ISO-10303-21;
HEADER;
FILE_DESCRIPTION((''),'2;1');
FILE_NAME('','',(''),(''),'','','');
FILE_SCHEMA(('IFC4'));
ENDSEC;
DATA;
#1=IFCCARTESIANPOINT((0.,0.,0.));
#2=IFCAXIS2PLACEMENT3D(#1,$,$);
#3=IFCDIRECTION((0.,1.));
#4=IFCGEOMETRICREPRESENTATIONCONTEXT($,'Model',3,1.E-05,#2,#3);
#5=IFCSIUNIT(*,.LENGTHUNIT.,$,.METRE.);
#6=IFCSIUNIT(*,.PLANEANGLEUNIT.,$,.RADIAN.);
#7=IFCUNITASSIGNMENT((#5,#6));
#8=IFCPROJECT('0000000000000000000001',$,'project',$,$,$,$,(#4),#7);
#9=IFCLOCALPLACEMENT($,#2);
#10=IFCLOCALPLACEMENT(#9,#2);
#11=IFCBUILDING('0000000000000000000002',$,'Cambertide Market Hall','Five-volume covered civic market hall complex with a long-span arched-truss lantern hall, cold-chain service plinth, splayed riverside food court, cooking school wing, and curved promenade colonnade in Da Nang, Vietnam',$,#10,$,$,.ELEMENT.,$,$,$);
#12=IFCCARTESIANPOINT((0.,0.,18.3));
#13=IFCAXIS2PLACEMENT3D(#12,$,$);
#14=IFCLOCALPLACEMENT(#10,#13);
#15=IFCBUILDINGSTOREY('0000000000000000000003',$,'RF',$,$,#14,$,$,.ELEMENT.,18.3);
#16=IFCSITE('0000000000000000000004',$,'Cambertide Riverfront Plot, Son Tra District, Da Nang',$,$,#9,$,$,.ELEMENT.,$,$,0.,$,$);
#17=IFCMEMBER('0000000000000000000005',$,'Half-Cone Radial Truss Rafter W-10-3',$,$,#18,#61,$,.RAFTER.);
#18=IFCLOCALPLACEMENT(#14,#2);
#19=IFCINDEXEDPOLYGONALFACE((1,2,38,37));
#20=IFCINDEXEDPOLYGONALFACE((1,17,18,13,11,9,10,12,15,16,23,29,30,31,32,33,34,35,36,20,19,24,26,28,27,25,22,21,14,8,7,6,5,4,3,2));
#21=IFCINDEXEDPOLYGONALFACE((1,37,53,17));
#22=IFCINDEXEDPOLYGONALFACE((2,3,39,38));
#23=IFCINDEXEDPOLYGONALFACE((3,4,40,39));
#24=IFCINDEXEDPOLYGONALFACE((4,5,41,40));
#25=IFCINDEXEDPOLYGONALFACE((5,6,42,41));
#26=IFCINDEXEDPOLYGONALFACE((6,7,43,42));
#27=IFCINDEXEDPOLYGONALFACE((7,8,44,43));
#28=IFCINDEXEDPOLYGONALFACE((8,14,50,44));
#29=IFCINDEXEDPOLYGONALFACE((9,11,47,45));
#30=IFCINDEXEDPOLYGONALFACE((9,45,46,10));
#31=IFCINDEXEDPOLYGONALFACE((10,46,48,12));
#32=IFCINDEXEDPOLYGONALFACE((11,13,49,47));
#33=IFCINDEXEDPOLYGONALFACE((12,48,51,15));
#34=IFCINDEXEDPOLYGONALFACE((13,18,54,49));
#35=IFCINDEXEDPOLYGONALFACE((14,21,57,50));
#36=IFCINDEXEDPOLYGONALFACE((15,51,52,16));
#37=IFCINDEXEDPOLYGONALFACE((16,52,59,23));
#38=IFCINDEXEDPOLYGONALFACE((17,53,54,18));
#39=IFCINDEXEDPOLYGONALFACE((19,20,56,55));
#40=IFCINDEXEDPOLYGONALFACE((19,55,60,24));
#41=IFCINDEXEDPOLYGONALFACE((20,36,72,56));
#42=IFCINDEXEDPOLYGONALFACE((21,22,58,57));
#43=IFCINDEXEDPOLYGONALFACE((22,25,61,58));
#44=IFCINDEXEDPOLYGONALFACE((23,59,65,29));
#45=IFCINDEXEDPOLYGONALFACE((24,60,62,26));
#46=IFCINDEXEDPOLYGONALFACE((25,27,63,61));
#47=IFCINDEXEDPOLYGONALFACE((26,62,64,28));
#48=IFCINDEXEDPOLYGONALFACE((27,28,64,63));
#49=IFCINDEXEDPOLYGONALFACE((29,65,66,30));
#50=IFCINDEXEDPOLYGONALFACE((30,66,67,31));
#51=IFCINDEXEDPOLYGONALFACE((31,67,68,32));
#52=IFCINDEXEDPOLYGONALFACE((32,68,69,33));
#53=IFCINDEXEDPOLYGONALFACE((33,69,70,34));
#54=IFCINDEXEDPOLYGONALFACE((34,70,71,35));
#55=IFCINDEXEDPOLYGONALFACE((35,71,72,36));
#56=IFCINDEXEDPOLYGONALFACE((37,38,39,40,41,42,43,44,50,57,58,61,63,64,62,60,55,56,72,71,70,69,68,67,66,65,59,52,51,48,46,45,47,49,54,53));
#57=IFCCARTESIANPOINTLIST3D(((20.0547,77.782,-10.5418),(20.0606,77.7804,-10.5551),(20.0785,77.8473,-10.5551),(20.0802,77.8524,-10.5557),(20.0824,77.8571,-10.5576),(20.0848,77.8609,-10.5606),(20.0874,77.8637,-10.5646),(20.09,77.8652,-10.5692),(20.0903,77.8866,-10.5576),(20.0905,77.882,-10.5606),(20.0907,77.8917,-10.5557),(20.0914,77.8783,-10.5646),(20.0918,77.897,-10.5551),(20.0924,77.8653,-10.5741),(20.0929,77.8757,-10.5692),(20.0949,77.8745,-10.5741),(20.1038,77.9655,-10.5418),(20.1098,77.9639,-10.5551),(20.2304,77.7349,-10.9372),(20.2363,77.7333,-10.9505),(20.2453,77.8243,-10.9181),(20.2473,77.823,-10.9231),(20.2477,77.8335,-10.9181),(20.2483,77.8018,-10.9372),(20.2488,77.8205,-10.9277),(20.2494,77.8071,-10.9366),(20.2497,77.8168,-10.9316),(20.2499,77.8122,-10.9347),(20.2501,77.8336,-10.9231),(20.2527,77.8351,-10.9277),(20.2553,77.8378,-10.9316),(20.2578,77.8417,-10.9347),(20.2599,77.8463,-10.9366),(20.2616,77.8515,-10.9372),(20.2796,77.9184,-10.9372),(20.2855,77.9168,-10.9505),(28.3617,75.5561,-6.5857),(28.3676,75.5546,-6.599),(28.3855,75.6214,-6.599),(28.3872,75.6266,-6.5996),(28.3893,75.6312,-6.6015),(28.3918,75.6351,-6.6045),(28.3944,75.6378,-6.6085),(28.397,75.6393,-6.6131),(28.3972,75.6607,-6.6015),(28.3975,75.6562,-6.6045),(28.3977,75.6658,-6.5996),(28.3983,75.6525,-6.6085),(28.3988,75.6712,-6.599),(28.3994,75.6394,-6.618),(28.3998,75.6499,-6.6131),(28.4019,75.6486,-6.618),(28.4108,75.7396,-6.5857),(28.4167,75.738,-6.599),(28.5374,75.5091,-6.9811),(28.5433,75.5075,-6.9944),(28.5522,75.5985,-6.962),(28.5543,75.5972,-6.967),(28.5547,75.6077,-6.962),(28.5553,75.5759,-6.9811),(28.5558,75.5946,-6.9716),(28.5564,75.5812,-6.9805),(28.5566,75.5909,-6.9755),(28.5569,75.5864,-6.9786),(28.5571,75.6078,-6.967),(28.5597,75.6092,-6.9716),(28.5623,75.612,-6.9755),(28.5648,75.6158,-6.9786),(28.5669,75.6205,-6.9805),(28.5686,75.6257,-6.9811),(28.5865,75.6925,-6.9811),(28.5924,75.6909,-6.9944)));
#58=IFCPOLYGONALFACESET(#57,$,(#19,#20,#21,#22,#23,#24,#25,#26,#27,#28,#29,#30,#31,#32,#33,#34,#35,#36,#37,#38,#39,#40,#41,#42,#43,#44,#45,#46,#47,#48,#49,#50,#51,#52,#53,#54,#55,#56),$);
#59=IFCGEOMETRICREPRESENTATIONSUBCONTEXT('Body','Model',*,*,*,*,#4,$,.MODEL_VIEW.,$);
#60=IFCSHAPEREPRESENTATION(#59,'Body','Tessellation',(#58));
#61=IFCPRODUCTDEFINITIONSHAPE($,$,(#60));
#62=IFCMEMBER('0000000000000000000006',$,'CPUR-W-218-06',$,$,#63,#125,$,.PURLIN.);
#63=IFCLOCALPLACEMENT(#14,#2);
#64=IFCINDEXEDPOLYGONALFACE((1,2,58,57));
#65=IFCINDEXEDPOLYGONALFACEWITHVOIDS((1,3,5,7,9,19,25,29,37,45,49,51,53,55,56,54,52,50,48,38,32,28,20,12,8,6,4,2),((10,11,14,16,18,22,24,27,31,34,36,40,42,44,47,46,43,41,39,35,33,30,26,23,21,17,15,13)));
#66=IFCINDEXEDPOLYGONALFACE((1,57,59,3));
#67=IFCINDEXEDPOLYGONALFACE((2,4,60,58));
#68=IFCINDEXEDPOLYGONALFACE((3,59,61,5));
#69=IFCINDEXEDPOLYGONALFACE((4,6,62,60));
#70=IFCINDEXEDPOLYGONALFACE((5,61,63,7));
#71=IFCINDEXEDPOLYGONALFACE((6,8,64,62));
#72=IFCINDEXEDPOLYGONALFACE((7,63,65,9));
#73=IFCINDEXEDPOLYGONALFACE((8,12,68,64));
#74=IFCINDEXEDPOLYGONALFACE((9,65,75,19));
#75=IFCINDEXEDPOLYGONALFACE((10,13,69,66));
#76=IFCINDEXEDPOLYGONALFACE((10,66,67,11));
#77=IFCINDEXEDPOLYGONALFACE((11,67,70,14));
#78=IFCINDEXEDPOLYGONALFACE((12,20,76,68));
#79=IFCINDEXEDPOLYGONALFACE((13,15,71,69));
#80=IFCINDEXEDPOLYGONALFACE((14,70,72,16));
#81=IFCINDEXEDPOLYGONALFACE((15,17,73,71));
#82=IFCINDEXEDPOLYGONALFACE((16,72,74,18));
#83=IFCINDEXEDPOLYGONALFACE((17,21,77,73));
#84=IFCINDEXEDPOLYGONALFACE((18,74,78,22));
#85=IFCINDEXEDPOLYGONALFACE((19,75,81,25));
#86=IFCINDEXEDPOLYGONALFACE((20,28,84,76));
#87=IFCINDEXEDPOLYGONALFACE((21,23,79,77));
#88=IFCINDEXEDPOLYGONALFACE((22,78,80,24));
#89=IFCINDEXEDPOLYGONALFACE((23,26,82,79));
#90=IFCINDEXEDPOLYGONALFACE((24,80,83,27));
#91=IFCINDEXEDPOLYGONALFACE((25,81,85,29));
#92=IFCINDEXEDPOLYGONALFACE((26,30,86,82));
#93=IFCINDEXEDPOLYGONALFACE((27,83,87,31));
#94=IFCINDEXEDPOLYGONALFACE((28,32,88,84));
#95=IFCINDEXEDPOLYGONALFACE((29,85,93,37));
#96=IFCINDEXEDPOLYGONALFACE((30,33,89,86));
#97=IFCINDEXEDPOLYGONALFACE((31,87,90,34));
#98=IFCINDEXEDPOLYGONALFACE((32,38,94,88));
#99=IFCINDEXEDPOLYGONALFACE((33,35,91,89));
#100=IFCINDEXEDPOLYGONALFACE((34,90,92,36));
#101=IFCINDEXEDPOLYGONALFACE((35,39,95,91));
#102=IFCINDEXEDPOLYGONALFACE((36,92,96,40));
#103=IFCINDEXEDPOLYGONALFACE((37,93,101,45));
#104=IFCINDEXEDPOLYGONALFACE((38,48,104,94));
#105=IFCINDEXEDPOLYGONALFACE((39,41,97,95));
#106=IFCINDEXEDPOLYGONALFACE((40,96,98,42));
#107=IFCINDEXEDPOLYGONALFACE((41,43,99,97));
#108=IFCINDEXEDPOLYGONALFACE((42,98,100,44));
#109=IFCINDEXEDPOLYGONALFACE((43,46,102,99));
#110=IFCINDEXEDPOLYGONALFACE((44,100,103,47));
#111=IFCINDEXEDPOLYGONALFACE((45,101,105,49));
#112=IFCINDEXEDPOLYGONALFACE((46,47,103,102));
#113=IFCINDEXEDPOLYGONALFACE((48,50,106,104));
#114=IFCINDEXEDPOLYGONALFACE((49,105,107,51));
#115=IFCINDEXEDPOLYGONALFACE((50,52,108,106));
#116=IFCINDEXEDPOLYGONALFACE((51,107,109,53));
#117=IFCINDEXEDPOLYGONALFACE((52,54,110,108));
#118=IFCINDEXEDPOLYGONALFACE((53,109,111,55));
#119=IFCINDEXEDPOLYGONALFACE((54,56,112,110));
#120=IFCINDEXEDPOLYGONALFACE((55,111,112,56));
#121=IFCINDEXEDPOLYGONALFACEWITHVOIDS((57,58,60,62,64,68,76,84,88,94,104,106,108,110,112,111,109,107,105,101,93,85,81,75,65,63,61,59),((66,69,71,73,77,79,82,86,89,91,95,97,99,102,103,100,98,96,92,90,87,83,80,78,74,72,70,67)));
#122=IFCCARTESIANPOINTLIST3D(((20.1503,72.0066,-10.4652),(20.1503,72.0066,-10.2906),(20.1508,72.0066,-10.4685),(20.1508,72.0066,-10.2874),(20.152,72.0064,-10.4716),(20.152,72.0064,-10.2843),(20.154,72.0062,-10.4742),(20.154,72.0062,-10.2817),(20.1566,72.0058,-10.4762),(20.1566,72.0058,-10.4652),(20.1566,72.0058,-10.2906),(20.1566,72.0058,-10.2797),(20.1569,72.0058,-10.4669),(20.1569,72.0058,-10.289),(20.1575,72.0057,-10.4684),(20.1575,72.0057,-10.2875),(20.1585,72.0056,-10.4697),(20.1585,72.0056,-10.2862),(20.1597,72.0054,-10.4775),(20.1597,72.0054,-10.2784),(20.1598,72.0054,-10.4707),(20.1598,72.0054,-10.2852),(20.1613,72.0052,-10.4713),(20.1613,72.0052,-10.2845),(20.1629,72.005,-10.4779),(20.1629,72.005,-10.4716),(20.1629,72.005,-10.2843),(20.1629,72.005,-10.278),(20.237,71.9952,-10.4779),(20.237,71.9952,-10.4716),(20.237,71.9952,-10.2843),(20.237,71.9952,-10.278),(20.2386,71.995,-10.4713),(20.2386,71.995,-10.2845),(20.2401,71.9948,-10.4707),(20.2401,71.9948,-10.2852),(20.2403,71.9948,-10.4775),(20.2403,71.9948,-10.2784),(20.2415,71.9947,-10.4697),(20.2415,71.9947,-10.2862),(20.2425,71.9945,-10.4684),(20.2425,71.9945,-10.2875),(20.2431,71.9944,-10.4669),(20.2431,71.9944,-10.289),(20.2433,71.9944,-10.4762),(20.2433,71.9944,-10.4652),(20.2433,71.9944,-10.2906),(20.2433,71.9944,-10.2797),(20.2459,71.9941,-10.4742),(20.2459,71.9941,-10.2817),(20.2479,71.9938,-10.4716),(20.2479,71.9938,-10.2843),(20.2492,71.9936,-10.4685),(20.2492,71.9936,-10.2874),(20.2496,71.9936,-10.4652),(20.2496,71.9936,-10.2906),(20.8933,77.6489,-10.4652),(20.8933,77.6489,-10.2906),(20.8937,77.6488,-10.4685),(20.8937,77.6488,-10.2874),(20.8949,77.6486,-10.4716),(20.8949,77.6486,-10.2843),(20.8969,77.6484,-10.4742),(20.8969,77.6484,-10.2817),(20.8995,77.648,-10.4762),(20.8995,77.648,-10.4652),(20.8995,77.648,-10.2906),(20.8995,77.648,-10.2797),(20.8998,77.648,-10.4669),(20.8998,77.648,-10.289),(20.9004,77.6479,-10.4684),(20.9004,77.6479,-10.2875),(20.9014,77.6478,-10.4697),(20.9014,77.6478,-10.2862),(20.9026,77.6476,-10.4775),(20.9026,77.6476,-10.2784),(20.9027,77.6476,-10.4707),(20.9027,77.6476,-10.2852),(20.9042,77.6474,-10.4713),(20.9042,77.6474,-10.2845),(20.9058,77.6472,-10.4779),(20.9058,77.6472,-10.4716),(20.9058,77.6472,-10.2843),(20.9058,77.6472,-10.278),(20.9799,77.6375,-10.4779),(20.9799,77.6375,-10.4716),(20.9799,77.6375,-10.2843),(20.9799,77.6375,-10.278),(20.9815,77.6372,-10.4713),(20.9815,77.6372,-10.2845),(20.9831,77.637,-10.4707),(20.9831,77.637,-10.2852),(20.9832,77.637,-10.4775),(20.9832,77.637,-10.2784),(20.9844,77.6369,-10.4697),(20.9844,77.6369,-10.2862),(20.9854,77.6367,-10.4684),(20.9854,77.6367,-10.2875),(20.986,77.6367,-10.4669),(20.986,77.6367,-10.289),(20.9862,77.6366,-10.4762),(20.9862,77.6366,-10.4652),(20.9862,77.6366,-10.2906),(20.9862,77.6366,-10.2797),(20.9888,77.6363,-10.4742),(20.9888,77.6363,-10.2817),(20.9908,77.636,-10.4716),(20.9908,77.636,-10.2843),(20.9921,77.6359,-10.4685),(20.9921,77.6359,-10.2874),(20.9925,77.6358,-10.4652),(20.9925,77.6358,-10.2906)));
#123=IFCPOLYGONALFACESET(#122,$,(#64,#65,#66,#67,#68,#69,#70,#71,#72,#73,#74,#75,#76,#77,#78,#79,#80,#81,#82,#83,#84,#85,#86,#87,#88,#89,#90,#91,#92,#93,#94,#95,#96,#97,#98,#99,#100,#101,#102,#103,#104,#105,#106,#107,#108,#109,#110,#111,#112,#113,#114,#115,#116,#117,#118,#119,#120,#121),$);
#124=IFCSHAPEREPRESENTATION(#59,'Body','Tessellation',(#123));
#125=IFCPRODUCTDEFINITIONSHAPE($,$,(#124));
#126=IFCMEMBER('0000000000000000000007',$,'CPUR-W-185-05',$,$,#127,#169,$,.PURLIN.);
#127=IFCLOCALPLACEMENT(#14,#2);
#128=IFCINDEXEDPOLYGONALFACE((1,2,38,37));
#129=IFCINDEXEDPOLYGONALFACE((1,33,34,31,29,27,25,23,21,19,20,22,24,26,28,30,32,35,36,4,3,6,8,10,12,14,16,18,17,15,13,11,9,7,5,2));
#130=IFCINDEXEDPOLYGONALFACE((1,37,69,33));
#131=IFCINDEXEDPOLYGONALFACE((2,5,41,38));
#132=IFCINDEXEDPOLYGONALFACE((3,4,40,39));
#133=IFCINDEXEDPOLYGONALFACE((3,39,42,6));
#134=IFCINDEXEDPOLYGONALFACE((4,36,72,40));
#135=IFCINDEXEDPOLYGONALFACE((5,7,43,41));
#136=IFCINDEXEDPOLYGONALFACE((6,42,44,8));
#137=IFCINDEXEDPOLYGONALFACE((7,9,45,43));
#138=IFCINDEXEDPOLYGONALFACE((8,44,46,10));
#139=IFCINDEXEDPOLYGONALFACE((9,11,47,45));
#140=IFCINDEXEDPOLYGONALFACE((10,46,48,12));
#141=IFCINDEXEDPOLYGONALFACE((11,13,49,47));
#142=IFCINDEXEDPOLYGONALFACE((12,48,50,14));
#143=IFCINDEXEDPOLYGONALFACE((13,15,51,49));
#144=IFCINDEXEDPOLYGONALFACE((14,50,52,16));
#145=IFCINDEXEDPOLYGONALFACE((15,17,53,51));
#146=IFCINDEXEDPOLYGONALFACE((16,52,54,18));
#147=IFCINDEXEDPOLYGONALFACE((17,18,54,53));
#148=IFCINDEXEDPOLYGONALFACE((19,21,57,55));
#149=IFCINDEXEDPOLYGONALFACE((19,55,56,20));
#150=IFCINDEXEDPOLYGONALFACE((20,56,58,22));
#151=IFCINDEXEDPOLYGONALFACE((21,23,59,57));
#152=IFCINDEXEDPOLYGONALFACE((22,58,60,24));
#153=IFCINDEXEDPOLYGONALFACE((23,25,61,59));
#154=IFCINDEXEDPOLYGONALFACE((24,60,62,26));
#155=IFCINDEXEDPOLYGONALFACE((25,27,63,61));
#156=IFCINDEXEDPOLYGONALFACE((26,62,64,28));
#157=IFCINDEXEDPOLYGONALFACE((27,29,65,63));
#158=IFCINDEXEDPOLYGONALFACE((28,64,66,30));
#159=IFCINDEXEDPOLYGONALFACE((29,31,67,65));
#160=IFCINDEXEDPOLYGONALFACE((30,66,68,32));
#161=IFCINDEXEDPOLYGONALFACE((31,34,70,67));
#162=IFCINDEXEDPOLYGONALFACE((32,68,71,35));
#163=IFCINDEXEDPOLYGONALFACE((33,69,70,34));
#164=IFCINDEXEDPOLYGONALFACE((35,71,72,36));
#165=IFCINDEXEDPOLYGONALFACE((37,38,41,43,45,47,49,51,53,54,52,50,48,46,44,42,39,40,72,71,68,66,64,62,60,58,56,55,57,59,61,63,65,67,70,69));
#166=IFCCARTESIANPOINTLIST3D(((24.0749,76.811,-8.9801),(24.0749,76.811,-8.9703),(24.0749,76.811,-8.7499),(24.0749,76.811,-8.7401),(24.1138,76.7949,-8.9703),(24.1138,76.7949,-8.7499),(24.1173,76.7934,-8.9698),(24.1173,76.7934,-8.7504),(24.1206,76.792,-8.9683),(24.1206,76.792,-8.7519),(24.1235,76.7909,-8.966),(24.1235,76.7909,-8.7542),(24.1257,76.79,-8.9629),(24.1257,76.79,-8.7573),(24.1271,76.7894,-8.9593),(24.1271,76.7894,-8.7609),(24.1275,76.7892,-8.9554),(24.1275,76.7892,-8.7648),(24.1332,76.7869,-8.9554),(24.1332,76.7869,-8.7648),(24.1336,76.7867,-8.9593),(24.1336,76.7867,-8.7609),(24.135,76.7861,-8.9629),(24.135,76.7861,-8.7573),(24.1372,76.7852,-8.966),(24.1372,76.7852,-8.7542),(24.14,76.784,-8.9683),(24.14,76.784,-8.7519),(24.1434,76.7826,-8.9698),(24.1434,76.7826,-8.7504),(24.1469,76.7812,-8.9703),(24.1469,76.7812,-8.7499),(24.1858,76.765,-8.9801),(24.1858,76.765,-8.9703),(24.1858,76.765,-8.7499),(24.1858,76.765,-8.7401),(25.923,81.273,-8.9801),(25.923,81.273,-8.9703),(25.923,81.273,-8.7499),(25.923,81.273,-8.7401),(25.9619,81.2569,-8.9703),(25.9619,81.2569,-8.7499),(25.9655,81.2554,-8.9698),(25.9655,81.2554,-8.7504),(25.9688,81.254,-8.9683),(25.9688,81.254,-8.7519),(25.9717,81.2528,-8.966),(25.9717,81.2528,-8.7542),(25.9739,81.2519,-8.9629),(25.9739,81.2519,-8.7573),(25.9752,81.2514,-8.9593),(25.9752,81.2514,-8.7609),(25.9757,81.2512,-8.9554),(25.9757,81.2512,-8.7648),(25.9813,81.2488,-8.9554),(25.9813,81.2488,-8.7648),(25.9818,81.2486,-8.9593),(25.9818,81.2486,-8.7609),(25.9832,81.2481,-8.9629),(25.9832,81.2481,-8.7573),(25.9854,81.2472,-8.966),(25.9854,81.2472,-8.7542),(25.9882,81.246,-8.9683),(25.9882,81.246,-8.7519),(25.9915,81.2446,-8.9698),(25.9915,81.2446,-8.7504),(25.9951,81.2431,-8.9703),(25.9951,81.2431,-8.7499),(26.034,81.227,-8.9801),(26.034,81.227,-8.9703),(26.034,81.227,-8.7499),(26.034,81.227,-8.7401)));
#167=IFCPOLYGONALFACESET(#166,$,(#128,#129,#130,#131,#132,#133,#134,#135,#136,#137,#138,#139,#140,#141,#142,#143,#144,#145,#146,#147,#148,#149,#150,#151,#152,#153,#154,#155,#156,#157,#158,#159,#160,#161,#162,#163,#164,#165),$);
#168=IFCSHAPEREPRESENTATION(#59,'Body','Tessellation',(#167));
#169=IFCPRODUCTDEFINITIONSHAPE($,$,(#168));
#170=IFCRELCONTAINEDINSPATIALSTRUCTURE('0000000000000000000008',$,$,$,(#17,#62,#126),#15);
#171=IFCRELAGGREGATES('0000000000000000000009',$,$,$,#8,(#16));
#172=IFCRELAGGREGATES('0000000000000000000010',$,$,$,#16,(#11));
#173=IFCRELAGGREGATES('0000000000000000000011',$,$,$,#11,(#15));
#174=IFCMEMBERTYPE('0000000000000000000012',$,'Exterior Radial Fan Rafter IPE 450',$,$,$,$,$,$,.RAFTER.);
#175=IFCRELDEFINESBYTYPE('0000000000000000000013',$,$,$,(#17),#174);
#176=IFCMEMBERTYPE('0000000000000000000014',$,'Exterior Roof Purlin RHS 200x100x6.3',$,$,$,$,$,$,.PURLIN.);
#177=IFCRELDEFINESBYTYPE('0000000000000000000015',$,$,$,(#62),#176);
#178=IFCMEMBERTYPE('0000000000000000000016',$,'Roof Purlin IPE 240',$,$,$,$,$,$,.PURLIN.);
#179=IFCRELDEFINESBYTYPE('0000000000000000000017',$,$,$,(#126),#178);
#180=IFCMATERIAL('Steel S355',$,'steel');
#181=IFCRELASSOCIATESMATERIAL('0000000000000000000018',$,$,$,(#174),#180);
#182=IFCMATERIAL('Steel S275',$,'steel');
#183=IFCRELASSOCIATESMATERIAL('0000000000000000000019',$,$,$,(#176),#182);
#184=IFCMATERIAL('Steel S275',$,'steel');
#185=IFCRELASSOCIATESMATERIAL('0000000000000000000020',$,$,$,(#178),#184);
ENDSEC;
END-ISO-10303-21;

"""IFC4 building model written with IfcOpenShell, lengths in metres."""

from ifc_helpers import new_model, si_unit, direction, frame, origin, origin_2d, place, context, subcontext, project, spatial, hollow_rectangle, i_section, extrude, material, material_profile, profile_set, type_object, element, save


model = new_model("IFC4")

# Units and contexts
model_context = context("Model", 3, precision=1e-05, world=origin(), true_north=direction((0.0, 1.0)))
body_context = subcontext(model_context, "Body", "Model", "MODEL_VIEW")
ifc_project = project(units=[si_unit("LENGTHUNIT", "METRE"), si_unit("PLANEANGLEUNIT", "RADIAN")], contexts=[model_context])

# Site, building, storey
site_placement = place(None, origin())
site = spatial("IfcSite", under=ifc_project, at=site_placement, Name="Cambertide Riverfront Plot, Son Tra District, Da Nang", CompositionType="ELEMENT", RefElevation=0.0)
building_placement = place(site_placement, origin())
building = spatial("IfcBuilding", under=site, at=building_placement, Name="Cambertide Market Hall", Description="Five-volume covered civic market hall complex with a long-span arched-truss lantern hall, cold-chain service plinth, splayed riverside food court, cooking school wing, and curved promenade colonnade in Da Nang, Vietnam", CompositionType="ELEMENT")
storey_placement = place(building_placement, frame((0.0, 0.0, 18.3)))
storey = spatial("IfcBuildingStorey", under=building, at=storey_placement, Name="RF", CompositionType="ELEMENT", Elevation=18.3)

# Members
ifc_material_1 = material(Name="Steel S355", Category="steel")
ifc_material_profile_1 = material_profile(ifc_material_1, i_section(OverallWidth=0.1899, OverallDepth=0.45, WebThickness=0.0095, FlangeThickness=0.0146, FilletRadius=0.021, at=origin_2d()), Name="IPE 450")
ifc_profile_set_1 = profile_set([ifc_material_profile_1], Name="Steel S355")
member_type_1 = type_object("IfcMemberType", Name="Exterior Radial Fan Rafter IPE 450", PredefinedType="RAFTER", material=ifc_profile_set_1)
member_1_placement = place(storey_placement, frame((28.4771, 75.6235, -6.79), z_axis=(-0.877531, 0.235134, -0.417914), x_axis=(-0.25882, -0.965926, 0.0)))
element("IfcMember", 1, at=member_1_placement, inside=storey, type_object=member_type_1, Name="Half-Cone Radial Truss Rafter W-10-3", PredefinedType="RAFTER", context=body_context, shape_type="SweptSolid", body=[
    extrude(i_section(OverallWidth=0.1899, OverallDepth=0.45, WebThickness=0.0095, FlangeThickness=0.0146, FilletRadius=0.021, at=origin_2d()), origin(), (0.0, 0.0, 1.0), 9.4663),
])
ifc_material_2 = material(Name="Steel S275", Category="steel")
ifc_material_profile_2 = material_profile(ifc_material_2, hollow_rectangle(XDim=0.1001, YDim=0.2, WallThickness=0.0063, InnerFilletRadius=0.0063, OuterFilletRadius=0.0127, at=origin_2d()), Name="RHS 200x100x6.3")
ifc_profile_set_2 = profile_set([ifc_material_profile_2], Name="Steel S275")
member_type_2 = type_object("IfcMemberType", Name="Exterior Roof Purlin RHS 200x100x6.3", PredefinedType="PURLIN", material=ifc_profile_set_2)
member_2_placement = place(storey_placement, frame((20.9429, 77.6423, -10.3779), z_axis=(-0.130542, -0.991443, 0.0), x_axis=(0.991443, -0.130542, 0.0)))
element("IfcMember", 2, at=member_2_placement, inside=storey, type_object=member_type_2, Name="CPUR-W-218-06", PredefinedType="PURLIN", context=body_context, shape_type="SweptSolid", body=[
    extrude(hollow_rectangle(XDim=0.1001, YDim=0.2, WallThickness=0.0063, InnerFilletRadius=0.0063, OuterFilletRadius=0.0127, at=origin_2d()), origin(), (0.0, 0.0, 1.0), 5.6909),
])
ifc_material_3 = material(Name="Steel S275", Category="steel")
ifc_material_profile_3 = material_profile(ifc_material_3, i_section(OverallWidth=0.1201, OverallDepth=0.24, WebThickness=0.0061, FlangeThickness=0.0098, FilletRadius=0.0149, at=origin_2d()), Name="IPE 240")
ifc_profile_set_3 = profile_set([ifc_material_profile_3], Name="Steel S275")
member_type_3 = type_object("IfcMemberType", Name="Roof Purlin IPE 240", PredefinedType="PURLIN", material=ifc_profile_set_3)
member_3_placement = place(storey_placement, frame((25.9785, 81.25, -8.8601), z_axis=(-0.382676, -0.923883, 0.0), x_axis=(0.923883, -0.382676, 0.0)))
element("IfcMember", 3, at=member_3_placement, inside=storey, type_object=member_type_3, Name="CPUR-W-185-05", PredefinedType="PURLIN", context=body_context, shape_type="SweptSolid", body=[
    extrude(i_section(OverallWidth=0.1201, OverallDepth=0.24, WebThickness=0.0061, FlangeThickness=0.0098, FilletRadius=0.0149, at=origin_2d()), origin(), (0.0, 0.0, 1.0), 4.8296),
])

save(model, "model.ifc")
